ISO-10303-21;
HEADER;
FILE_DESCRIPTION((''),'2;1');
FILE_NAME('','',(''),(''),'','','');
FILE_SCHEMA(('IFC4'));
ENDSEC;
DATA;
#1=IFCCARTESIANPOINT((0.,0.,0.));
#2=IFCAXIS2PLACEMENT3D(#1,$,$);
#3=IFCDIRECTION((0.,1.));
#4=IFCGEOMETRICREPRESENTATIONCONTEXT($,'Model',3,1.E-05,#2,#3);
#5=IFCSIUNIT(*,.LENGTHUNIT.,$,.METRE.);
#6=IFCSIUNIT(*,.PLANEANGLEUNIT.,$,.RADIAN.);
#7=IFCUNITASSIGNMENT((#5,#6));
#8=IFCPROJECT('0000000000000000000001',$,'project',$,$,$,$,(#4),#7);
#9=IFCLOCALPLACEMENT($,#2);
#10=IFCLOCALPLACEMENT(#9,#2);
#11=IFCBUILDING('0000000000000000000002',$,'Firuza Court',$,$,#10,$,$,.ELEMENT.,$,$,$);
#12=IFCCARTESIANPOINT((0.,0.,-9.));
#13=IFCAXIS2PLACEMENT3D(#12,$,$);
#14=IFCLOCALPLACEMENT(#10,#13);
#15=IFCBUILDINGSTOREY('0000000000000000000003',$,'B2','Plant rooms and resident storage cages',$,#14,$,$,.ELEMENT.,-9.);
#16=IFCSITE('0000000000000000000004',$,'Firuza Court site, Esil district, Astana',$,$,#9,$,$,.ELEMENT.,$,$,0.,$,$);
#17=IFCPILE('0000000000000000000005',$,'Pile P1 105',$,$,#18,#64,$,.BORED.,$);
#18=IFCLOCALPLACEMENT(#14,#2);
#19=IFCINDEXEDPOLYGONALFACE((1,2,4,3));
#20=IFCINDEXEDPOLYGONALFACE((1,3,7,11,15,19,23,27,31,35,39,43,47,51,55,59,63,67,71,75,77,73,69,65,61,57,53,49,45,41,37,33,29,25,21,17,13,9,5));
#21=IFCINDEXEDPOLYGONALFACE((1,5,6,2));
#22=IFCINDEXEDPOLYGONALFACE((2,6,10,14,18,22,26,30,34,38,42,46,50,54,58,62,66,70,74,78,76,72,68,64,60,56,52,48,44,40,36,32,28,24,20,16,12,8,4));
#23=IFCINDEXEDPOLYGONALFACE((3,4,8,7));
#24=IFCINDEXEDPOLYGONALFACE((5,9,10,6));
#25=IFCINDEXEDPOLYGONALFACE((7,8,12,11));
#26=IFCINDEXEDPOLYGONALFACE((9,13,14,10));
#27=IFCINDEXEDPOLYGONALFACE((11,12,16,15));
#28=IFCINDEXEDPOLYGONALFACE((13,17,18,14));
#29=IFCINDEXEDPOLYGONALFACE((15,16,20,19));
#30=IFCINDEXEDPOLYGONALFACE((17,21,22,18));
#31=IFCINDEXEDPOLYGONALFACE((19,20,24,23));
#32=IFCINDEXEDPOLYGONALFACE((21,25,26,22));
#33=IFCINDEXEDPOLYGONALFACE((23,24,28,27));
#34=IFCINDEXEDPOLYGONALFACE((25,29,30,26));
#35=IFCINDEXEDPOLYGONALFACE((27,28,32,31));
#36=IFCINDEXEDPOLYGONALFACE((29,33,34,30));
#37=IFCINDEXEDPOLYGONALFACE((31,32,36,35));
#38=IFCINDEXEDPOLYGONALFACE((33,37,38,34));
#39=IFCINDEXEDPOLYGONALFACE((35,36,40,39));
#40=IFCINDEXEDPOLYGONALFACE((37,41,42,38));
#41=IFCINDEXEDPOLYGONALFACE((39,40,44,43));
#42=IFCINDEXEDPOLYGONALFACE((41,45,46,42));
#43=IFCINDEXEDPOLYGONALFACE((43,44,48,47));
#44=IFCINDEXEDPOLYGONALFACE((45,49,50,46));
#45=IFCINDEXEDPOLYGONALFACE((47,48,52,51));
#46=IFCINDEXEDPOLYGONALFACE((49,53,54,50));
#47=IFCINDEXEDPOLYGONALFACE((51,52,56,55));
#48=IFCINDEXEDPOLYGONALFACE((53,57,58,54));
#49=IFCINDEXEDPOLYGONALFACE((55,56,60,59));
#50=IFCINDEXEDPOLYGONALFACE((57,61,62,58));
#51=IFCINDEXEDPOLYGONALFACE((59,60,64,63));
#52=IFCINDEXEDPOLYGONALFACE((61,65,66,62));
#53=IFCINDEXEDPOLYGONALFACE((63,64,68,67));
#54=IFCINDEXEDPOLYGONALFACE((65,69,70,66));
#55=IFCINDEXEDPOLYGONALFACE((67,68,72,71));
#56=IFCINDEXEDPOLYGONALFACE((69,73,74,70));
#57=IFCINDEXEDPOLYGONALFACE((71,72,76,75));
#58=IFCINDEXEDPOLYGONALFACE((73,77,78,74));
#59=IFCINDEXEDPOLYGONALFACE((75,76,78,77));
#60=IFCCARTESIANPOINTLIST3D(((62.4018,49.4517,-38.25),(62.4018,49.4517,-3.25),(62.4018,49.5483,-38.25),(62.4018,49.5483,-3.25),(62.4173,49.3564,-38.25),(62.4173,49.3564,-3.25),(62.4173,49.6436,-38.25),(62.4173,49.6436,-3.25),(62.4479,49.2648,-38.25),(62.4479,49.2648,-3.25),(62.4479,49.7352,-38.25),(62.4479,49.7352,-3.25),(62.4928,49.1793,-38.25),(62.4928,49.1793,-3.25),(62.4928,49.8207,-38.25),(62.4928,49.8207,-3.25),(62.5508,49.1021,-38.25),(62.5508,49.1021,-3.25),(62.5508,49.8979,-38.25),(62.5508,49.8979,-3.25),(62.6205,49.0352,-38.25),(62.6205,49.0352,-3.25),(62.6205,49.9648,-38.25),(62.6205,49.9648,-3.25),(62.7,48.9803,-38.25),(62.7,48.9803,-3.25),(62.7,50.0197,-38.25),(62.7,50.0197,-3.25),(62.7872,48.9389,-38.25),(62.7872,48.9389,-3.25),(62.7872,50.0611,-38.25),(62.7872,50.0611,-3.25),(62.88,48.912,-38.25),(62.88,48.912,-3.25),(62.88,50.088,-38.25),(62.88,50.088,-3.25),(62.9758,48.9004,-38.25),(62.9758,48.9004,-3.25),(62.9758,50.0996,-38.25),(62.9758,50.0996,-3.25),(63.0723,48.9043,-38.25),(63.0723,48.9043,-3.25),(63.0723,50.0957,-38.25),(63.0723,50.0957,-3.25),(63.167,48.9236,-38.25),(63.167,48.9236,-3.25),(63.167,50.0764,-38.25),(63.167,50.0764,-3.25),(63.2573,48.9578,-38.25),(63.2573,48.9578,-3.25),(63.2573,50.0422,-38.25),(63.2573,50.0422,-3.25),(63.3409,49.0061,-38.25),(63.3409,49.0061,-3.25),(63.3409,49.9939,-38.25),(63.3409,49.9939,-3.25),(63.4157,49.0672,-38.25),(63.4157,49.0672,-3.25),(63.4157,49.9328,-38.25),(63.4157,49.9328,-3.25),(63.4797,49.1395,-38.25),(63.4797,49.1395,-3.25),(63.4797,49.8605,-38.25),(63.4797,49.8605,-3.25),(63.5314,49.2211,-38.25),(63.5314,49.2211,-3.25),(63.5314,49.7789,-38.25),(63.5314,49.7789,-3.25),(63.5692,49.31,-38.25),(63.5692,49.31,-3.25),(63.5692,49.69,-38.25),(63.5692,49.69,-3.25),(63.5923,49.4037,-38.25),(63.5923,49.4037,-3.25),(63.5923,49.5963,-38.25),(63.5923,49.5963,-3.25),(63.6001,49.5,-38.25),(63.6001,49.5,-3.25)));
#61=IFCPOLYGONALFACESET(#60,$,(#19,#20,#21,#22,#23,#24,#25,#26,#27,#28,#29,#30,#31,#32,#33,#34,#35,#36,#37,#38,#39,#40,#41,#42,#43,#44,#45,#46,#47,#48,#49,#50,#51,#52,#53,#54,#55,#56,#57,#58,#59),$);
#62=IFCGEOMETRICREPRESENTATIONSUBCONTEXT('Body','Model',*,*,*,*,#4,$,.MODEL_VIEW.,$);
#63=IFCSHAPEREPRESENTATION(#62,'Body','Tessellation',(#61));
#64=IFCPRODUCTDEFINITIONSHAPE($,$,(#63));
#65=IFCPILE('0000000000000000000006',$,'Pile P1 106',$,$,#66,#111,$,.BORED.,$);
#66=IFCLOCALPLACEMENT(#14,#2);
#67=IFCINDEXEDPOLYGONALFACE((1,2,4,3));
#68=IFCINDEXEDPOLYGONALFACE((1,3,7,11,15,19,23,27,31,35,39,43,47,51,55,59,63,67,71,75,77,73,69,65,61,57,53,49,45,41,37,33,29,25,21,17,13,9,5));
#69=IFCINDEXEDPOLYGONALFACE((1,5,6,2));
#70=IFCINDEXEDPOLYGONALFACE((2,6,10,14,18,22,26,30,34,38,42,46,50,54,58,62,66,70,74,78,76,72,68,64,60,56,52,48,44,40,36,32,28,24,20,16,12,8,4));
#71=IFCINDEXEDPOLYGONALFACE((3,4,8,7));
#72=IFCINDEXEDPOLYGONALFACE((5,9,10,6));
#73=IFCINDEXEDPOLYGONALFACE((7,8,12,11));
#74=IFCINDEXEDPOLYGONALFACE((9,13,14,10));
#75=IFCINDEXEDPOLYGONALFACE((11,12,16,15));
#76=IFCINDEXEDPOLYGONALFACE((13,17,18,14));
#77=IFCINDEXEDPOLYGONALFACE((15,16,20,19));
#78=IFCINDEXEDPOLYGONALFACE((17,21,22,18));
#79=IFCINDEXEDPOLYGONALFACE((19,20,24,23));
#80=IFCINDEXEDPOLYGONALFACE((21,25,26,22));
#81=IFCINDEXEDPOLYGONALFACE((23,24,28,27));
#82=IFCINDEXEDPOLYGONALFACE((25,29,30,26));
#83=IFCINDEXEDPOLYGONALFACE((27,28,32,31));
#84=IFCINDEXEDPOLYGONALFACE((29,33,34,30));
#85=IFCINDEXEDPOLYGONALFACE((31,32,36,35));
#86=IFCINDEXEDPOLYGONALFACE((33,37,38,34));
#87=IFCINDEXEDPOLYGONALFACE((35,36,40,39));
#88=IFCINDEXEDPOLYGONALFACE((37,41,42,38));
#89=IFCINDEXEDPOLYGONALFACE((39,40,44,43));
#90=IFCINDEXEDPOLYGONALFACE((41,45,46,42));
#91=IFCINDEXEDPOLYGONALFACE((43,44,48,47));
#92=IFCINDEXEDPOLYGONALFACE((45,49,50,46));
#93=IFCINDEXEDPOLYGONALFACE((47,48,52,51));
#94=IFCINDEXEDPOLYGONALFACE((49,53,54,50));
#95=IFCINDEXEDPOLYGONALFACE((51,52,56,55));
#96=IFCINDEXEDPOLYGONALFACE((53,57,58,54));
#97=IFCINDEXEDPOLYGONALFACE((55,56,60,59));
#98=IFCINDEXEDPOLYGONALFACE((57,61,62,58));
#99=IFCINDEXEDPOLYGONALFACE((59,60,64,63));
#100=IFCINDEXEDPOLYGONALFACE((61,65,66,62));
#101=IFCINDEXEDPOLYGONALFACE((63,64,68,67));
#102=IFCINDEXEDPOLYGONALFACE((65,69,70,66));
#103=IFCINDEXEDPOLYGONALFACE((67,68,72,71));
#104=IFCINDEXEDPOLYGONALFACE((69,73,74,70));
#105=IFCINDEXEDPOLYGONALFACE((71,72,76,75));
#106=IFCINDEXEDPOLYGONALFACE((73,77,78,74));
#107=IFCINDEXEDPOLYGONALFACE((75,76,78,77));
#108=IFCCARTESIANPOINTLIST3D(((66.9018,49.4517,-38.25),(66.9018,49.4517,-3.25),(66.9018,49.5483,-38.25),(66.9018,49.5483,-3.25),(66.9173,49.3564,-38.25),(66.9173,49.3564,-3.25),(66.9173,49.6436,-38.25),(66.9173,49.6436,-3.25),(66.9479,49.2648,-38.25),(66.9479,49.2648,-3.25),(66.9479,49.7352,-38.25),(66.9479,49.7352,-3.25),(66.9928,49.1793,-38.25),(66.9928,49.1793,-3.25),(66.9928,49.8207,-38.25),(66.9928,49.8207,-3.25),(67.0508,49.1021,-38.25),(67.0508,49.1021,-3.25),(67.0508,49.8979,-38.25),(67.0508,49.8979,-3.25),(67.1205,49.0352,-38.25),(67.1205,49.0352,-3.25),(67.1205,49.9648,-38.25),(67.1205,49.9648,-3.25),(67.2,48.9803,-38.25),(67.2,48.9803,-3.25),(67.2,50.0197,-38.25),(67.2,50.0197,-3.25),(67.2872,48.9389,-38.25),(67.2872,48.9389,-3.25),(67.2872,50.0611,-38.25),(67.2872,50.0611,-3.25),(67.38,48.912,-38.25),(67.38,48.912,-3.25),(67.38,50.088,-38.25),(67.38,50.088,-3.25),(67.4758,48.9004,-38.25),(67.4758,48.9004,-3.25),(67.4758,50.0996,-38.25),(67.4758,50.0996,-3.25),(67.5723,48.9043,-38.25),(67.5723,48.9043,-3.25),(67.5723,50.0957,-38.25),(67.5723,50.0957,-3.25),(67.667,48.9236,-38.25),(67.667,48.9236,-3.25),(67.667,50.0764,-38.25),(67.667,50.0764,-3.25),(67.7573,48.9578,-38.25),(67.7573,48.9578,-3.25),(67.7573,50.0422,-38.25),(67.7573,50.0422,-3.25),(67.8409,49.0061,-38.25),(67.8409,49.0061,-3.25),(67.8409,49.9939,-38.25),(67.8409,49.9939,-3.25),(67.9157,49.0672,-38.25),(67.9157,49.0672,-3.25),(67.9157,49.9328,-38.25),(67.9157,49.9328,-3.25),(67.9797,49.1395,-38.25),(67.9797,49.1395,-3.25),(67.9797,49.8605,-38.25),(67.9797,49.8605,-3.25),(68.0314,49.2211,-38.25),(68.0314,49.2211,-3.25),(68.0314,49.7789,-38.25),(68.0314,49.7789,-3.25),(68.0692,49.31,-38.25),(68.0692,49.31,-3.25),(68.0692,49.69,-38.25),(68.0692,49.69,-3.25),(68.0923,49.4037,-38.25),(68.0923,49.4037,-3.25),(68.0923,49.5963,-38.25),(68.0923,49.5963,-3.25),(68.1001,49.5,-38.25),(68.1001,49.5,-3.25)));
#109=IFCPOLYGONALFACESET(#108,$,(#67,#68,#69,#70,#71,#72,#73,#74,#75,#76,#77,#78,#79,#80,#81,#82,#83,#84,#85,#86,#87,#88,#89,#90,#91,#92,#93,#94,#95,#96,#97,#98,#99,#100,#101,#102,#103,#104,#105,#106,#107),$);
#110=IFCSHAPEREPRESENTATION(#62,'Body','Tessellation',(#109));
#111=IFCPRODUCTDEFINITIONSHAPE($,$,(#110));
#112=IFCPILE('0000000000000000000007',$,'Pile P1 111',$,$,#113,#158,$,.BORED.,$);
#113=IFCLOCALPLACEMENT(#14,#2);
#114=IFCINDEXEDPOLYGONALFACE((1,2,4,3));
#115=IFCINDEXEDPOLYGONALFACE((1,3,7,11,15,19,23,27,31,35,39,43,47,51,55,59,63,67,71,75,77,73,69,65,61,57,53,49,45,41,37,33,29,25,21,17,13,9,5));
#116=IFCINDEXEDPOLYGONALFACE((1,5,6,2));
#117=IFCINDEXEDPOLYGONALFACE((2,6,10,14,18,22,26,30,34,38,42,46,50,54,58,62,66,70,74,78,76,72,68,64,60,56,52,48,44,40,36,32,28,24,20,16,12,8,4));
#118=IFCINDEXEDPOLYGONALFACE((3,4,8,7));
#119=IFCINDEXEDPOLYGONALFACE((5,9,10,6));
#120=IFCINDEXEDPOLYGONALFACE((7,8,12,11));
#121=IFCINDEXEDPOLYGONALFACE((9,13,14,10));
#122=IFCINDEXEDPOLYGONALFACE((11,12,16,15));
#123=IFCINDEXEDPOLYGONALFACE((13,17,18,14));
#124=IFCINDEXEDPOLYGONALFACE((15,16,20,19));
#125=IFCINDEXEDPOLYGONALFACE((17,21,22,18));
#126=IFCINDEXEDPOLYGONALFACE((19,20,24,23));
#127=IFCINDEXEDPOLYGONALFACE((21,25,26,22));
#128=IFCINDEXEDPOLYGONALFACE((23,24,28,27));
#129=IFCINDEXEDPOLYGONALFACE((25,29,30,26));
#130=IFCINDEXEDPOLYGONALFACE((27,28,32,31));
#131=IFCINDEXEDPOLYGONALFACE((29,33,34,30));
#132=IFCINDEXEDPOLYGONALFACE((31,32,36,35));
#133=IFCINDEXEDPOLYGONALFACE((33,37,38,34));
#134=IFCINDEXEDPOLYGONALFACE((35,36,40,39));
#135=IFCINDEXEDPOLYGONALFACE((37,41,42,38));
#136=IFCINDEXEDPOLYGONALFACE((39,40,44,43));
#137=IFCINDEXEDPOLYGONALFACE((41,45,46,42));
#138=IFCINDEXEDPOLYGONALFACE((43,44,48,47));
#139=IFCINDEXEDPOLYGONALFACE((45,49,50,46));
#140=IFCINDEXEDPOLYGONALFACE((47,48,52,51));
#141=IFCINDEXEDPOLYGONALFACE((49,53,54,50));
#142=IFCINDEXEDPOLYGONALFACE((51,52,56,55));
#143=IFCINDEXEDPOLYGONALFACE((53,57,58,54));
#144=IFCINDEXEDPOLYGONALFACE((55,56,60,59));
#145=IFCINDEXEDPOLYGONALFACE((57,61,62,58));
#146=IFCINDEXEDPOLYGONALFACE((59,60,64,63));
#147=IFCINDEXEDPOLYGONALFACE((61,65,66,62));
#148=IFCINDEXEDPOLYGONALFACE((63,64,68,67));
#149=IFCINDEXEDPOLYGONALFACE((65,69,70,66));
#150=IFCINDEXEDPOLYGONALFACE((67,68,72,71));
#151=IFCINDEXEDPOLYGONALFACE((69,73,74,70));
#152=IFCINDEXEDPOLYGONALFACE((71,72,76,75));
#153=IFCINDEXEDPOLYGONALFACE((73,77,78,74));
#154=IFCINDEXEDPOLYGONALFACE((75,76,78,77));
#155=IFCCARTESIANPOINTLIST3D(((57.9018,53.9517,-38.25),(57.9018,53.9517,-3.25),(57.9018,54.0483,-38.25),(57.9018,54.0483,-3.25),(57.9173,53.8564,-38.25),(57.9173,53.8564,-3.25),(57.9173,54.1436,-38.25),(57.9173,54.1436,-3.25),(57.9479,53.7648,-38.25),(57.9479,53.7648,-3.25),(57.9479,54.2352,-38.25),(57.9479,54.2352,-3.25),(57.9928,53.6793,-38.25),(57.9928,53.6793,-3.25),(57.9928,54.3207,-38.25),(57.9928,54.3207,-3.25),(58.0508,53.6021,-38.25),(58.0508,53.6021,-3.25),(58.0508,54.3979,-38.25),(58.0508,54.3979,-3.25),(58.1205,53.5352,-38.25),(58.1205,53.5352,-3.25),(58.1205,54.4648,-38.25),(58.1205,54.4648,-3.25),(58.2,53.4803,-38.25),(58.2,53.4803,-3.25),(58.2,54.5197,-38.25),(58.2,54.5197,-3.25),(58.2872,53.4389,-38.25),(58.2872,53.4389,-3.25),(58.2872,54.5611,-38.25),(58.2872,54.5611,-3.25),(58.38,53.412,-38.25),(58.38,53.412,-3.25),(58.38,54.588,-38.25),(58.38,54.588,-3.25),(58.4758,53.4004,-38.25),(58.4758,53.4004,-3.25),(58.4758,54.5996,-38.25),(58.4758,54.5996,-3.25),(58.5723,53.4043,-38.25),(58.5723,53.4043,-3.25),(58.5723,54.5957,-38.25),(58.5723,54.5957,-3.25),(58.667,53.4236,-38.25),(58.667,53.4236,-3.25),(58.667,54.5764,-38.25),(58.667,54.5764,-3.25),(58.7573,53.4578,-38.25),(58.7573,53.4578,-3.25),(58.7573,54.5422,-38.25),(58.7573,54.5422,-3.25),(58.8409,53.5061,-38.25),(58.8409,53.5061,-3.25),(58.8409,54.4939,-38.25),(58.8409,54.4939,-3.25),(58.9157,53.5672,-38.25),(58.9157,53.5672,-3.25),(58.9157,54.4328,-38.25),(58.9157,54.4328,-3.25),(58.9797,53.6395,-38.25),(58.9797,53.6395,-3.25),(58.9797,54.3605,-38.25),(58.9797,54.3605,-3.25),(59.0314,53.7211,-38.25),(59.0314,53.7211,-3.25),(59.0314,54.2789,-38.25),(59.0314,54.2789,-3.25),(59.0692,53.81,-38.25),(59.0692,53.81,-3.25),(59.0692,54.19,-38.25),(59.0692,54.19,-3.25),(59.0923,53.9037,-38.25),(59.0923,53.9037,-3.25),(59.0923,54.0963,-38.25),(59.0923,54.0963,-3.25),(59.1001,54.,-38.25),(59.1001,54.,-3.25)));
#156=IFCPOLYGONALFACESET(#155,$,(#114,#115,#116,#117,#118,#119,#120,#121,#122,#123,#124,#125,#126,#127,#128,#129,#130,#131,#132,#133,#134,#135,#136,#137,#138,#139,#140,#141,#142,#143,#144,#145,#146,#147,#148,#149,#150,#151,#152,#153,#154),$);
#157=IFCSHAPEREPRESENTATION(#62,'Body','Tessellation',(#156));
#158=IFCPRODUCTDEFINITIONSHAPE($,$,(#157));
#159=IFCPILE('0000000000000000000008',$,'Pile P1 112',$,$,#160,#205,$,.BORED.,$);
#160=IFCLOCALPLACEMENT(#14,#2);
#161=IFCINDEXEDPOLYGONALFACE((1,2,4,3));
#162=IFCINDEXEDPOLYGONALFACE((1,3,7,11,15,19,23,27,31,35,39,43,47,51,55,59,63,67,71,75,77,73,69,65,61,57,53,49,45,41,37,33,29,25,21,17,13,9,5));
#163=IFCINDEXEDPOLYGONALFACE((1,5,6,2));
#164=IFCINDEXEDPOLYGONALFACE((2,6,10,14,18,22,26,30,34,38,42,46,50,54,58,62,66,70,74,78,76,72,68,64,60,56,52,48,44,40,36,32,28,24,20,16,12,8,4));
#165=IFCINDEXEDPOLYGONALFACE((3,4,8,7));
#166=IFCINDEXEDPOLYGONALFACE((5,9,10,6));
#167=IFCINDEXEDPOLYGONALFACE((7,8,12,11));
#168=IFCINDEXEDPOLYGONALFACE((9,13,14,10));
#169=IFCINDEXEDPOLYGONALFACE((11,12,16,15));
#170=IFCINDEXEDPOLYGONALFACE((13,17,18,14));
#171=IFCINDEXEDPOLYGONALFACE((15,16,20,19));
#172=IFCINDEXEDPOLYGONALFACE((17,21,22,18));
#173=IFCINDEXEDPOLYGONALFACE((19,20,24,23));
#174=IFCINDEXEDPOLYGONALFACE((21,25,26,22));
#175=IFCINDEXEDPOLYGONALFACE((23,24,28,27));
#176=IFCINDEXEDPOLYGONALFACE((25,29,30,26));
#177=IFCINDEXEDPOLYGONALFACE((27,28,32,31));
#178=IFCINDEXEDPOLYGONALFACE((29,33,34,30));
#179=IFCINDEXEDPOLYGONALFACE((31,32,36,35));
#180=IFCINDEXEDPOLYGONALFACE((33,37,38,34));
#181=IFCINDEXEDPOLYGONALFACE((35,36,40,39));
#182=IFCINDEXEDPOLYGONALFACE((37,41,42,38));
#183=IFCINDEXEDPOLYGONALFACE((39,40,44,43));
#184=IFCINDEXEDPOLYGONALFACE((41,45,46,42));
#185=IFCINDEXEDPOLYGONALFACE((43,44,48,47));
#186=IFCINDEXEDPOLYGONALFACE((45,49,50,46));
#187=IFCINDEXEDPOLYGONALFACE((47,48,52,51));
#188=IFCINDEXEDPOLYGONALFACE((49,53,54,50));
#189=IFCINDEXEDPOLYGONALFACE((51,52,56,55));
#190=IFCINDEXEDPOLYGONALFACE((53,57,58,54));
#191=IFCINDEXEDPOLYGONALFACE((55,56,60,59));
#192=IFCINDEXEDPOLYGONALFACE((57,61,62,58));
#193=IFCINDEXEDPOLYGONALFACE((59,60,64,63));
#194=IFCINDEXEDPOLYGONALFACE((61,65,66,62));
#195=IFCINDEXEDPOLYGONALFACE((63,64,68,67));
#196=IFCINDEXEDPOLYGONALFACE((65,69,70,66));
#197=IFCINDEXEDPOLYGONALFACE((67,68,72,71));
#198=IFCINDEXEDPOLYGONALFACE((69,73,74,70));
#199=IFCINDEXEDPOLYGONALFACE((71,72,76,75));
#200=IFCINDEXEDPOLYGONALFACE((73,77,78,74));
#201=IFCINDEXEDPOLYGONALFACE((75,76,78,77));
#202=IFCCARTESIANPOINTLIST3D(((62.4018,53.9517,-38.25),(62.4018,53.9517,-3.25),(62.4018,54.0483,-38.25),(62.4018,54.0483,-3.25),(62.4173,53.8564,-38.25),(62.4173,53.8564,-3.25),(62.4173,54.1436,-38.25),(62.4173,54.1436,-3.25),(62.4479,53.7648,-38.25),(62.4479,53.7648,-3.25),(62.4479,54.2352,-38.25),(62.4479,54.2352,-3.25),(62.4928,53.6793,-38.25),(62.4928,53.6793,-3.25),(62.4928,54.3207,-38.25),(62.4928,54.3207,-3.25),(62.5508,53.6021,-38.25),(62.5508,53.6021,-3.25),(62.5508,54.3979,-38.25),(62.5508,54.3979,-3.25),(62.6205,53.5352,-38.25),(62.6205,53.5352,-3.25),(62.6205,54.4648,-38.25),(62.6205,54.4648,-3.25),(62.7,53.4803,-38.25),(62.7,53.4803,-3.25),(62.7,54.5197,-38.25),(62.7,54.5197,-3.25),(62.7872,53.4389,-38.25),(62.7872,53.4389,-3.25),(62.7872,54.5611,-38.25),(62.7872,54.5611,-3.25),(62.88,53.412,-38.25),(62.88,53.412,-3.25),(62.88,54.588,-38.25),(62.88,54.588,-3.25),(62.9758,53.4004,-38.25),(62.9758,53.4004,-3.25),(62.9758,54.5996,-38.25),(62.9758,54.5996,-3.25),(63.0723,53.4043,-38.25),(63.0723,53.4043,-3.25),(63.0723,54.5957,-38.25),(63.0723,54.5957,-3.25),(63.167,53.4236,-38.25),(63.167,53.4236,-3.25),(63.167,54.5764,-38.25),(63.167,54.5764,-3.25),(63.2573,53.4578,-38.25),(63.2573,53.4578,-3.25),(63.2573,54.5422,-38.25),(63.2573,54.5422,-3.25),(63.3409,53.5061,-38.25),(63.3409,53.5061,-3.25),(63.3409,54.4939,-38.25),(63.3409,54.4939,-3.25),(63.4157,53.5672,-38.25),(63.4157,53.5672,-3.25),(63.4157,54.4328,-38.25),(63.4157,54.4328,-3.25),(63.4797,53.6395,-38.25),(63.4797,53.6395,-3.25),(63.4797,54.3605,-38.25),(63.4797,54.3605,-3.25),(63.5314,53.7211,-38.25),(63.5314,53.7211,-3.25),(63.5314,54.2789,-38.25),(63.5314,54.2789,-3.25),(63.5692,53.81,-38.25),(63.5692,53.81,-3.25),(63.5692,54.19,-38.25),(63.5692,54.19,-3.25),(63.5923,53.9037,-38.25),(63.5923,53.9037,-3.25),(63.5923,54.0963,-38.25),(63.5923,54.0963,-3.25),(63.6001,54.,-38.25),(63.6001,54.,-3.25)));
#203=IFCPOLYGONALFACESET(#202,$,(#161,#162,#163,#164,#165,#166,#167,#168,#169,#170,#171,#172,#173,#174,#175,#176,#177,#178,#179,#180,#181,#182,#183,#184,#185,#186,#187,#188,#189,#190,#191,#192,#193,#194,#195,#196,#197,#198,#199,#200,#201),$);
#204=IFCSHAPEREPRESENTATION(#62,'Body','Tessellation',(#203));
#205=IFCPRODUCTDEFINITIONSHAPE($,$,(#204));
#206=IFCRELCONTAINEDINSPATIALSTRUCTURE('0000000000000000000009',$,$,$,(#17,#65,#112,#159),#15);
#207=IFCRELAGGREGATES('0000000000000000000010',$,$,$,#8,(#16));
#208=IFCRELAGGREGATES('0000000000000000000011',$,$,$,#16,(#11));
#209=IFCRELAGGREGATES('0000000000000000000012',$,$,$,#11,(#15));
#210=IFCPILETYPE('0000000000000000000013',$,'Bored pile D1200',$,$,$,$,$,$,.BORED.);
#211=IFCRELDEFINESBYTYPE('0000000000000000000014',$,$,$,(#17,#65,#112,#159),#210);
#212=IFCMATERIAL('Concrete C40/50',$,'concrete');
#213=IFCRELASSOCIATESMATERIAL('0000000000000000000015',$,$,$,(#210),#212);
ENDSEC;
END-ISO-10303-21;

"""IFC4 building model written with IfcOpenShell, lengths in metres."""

from ifc_helpers import new_model, si_unit, direction, frame, origin, origin_2d, place, context, subcontext, project, spatial, circle, extrude, material, material_profile, profile_set, type_object, element, save


model = new_model("IFC4")

# Units and contexts
model_context = context("Model", 3, precision=1e-05, world=origin(), true_north=direction((0.0, 1.0)))
body_context = subcontext(model_context, "Body", "Model", "MODEL_VIEW")
ifc_project = project(units=[si_unit("LENGTHUNIT", "METRE"), si_unit("PLANEANGLEUNIT", "RADIAN")], contexts=[model_context])

# Site, building, storey
site_placement = place(None, origin())
site = spatial("IfcSite", under=ifc_project, at=site_placement, Name="Firuza Court site, Esil district, Astana", CompositionType="ELEMENT", RefElevation=0.0)
building_placement = place(site_placement, origin())
building = spatial("IfcBuilding", under=site, at=building_placement, Name="Firuza Court", CompositionType="ELEMENT")
storey_placement = place(building_placement, frame((0.0, 0.0, -9.0)))
storey = spatial("IfcBuildingStorey", under=building, at=storey_placement, Name="B2", Description="Plant rooms and resident storage cages", CompositionType="ELEMENT", Elevation=-9.0)

# Piles
ifc_material_1 = material(Name="Concrete C40/50", Category="concrete")
ifc_material_profile_1 = material_profile(ifc_material_1, circle(Radius=0.6001, at=origin_2d()), Name="Pile D1200")
ifc_profile_set_1 = profile_set([ifc_material_profile_1], Name="Concrete C40/50")
pile_type = type_object("IfcPileType", Name="Bored pile D1200", PredefinedType="BORED", material=ifc_profile_set_1)
for number, where, z_axis, x_axis, name in (
    (1, (63.0, 49.5, -3.25), (0.0, 0.0, -1.0), (1.0, 0.0, 0.0), "Pile P1 105"),
    (2, (67.5, 49.5, -3.25), (0.0, 0.0, -1.0), (1.0, 0.0, 0.0), "Pile P1 106"),
    (3, (58.5, 54.0, -3.25), (0.0, 0.0, -1.0), (1.0, 0.0, 0.0), "Pile P1 111"),
    (4, (63.0, 54.0, -3.25), (0.0, 0.0, -1.0), (1.0, 0.0, 0.0), "Pile P1 112"),
):
    element("IfcPile", number, at=place(storey_placement, frame(where, z_axis=z_axis, x_axis=x_axis)), inside=storey, type_object=pile_type, Name=name, PredefinedType="BORED", context=body_context, shape_type="SweptSolid", body=[
        extrude(circle(Radius=0.6001, at=origin_2d()), origin(), (0.0, 0.0, 1.0), 35.0),
    ])

save(model, "model.ifc")
